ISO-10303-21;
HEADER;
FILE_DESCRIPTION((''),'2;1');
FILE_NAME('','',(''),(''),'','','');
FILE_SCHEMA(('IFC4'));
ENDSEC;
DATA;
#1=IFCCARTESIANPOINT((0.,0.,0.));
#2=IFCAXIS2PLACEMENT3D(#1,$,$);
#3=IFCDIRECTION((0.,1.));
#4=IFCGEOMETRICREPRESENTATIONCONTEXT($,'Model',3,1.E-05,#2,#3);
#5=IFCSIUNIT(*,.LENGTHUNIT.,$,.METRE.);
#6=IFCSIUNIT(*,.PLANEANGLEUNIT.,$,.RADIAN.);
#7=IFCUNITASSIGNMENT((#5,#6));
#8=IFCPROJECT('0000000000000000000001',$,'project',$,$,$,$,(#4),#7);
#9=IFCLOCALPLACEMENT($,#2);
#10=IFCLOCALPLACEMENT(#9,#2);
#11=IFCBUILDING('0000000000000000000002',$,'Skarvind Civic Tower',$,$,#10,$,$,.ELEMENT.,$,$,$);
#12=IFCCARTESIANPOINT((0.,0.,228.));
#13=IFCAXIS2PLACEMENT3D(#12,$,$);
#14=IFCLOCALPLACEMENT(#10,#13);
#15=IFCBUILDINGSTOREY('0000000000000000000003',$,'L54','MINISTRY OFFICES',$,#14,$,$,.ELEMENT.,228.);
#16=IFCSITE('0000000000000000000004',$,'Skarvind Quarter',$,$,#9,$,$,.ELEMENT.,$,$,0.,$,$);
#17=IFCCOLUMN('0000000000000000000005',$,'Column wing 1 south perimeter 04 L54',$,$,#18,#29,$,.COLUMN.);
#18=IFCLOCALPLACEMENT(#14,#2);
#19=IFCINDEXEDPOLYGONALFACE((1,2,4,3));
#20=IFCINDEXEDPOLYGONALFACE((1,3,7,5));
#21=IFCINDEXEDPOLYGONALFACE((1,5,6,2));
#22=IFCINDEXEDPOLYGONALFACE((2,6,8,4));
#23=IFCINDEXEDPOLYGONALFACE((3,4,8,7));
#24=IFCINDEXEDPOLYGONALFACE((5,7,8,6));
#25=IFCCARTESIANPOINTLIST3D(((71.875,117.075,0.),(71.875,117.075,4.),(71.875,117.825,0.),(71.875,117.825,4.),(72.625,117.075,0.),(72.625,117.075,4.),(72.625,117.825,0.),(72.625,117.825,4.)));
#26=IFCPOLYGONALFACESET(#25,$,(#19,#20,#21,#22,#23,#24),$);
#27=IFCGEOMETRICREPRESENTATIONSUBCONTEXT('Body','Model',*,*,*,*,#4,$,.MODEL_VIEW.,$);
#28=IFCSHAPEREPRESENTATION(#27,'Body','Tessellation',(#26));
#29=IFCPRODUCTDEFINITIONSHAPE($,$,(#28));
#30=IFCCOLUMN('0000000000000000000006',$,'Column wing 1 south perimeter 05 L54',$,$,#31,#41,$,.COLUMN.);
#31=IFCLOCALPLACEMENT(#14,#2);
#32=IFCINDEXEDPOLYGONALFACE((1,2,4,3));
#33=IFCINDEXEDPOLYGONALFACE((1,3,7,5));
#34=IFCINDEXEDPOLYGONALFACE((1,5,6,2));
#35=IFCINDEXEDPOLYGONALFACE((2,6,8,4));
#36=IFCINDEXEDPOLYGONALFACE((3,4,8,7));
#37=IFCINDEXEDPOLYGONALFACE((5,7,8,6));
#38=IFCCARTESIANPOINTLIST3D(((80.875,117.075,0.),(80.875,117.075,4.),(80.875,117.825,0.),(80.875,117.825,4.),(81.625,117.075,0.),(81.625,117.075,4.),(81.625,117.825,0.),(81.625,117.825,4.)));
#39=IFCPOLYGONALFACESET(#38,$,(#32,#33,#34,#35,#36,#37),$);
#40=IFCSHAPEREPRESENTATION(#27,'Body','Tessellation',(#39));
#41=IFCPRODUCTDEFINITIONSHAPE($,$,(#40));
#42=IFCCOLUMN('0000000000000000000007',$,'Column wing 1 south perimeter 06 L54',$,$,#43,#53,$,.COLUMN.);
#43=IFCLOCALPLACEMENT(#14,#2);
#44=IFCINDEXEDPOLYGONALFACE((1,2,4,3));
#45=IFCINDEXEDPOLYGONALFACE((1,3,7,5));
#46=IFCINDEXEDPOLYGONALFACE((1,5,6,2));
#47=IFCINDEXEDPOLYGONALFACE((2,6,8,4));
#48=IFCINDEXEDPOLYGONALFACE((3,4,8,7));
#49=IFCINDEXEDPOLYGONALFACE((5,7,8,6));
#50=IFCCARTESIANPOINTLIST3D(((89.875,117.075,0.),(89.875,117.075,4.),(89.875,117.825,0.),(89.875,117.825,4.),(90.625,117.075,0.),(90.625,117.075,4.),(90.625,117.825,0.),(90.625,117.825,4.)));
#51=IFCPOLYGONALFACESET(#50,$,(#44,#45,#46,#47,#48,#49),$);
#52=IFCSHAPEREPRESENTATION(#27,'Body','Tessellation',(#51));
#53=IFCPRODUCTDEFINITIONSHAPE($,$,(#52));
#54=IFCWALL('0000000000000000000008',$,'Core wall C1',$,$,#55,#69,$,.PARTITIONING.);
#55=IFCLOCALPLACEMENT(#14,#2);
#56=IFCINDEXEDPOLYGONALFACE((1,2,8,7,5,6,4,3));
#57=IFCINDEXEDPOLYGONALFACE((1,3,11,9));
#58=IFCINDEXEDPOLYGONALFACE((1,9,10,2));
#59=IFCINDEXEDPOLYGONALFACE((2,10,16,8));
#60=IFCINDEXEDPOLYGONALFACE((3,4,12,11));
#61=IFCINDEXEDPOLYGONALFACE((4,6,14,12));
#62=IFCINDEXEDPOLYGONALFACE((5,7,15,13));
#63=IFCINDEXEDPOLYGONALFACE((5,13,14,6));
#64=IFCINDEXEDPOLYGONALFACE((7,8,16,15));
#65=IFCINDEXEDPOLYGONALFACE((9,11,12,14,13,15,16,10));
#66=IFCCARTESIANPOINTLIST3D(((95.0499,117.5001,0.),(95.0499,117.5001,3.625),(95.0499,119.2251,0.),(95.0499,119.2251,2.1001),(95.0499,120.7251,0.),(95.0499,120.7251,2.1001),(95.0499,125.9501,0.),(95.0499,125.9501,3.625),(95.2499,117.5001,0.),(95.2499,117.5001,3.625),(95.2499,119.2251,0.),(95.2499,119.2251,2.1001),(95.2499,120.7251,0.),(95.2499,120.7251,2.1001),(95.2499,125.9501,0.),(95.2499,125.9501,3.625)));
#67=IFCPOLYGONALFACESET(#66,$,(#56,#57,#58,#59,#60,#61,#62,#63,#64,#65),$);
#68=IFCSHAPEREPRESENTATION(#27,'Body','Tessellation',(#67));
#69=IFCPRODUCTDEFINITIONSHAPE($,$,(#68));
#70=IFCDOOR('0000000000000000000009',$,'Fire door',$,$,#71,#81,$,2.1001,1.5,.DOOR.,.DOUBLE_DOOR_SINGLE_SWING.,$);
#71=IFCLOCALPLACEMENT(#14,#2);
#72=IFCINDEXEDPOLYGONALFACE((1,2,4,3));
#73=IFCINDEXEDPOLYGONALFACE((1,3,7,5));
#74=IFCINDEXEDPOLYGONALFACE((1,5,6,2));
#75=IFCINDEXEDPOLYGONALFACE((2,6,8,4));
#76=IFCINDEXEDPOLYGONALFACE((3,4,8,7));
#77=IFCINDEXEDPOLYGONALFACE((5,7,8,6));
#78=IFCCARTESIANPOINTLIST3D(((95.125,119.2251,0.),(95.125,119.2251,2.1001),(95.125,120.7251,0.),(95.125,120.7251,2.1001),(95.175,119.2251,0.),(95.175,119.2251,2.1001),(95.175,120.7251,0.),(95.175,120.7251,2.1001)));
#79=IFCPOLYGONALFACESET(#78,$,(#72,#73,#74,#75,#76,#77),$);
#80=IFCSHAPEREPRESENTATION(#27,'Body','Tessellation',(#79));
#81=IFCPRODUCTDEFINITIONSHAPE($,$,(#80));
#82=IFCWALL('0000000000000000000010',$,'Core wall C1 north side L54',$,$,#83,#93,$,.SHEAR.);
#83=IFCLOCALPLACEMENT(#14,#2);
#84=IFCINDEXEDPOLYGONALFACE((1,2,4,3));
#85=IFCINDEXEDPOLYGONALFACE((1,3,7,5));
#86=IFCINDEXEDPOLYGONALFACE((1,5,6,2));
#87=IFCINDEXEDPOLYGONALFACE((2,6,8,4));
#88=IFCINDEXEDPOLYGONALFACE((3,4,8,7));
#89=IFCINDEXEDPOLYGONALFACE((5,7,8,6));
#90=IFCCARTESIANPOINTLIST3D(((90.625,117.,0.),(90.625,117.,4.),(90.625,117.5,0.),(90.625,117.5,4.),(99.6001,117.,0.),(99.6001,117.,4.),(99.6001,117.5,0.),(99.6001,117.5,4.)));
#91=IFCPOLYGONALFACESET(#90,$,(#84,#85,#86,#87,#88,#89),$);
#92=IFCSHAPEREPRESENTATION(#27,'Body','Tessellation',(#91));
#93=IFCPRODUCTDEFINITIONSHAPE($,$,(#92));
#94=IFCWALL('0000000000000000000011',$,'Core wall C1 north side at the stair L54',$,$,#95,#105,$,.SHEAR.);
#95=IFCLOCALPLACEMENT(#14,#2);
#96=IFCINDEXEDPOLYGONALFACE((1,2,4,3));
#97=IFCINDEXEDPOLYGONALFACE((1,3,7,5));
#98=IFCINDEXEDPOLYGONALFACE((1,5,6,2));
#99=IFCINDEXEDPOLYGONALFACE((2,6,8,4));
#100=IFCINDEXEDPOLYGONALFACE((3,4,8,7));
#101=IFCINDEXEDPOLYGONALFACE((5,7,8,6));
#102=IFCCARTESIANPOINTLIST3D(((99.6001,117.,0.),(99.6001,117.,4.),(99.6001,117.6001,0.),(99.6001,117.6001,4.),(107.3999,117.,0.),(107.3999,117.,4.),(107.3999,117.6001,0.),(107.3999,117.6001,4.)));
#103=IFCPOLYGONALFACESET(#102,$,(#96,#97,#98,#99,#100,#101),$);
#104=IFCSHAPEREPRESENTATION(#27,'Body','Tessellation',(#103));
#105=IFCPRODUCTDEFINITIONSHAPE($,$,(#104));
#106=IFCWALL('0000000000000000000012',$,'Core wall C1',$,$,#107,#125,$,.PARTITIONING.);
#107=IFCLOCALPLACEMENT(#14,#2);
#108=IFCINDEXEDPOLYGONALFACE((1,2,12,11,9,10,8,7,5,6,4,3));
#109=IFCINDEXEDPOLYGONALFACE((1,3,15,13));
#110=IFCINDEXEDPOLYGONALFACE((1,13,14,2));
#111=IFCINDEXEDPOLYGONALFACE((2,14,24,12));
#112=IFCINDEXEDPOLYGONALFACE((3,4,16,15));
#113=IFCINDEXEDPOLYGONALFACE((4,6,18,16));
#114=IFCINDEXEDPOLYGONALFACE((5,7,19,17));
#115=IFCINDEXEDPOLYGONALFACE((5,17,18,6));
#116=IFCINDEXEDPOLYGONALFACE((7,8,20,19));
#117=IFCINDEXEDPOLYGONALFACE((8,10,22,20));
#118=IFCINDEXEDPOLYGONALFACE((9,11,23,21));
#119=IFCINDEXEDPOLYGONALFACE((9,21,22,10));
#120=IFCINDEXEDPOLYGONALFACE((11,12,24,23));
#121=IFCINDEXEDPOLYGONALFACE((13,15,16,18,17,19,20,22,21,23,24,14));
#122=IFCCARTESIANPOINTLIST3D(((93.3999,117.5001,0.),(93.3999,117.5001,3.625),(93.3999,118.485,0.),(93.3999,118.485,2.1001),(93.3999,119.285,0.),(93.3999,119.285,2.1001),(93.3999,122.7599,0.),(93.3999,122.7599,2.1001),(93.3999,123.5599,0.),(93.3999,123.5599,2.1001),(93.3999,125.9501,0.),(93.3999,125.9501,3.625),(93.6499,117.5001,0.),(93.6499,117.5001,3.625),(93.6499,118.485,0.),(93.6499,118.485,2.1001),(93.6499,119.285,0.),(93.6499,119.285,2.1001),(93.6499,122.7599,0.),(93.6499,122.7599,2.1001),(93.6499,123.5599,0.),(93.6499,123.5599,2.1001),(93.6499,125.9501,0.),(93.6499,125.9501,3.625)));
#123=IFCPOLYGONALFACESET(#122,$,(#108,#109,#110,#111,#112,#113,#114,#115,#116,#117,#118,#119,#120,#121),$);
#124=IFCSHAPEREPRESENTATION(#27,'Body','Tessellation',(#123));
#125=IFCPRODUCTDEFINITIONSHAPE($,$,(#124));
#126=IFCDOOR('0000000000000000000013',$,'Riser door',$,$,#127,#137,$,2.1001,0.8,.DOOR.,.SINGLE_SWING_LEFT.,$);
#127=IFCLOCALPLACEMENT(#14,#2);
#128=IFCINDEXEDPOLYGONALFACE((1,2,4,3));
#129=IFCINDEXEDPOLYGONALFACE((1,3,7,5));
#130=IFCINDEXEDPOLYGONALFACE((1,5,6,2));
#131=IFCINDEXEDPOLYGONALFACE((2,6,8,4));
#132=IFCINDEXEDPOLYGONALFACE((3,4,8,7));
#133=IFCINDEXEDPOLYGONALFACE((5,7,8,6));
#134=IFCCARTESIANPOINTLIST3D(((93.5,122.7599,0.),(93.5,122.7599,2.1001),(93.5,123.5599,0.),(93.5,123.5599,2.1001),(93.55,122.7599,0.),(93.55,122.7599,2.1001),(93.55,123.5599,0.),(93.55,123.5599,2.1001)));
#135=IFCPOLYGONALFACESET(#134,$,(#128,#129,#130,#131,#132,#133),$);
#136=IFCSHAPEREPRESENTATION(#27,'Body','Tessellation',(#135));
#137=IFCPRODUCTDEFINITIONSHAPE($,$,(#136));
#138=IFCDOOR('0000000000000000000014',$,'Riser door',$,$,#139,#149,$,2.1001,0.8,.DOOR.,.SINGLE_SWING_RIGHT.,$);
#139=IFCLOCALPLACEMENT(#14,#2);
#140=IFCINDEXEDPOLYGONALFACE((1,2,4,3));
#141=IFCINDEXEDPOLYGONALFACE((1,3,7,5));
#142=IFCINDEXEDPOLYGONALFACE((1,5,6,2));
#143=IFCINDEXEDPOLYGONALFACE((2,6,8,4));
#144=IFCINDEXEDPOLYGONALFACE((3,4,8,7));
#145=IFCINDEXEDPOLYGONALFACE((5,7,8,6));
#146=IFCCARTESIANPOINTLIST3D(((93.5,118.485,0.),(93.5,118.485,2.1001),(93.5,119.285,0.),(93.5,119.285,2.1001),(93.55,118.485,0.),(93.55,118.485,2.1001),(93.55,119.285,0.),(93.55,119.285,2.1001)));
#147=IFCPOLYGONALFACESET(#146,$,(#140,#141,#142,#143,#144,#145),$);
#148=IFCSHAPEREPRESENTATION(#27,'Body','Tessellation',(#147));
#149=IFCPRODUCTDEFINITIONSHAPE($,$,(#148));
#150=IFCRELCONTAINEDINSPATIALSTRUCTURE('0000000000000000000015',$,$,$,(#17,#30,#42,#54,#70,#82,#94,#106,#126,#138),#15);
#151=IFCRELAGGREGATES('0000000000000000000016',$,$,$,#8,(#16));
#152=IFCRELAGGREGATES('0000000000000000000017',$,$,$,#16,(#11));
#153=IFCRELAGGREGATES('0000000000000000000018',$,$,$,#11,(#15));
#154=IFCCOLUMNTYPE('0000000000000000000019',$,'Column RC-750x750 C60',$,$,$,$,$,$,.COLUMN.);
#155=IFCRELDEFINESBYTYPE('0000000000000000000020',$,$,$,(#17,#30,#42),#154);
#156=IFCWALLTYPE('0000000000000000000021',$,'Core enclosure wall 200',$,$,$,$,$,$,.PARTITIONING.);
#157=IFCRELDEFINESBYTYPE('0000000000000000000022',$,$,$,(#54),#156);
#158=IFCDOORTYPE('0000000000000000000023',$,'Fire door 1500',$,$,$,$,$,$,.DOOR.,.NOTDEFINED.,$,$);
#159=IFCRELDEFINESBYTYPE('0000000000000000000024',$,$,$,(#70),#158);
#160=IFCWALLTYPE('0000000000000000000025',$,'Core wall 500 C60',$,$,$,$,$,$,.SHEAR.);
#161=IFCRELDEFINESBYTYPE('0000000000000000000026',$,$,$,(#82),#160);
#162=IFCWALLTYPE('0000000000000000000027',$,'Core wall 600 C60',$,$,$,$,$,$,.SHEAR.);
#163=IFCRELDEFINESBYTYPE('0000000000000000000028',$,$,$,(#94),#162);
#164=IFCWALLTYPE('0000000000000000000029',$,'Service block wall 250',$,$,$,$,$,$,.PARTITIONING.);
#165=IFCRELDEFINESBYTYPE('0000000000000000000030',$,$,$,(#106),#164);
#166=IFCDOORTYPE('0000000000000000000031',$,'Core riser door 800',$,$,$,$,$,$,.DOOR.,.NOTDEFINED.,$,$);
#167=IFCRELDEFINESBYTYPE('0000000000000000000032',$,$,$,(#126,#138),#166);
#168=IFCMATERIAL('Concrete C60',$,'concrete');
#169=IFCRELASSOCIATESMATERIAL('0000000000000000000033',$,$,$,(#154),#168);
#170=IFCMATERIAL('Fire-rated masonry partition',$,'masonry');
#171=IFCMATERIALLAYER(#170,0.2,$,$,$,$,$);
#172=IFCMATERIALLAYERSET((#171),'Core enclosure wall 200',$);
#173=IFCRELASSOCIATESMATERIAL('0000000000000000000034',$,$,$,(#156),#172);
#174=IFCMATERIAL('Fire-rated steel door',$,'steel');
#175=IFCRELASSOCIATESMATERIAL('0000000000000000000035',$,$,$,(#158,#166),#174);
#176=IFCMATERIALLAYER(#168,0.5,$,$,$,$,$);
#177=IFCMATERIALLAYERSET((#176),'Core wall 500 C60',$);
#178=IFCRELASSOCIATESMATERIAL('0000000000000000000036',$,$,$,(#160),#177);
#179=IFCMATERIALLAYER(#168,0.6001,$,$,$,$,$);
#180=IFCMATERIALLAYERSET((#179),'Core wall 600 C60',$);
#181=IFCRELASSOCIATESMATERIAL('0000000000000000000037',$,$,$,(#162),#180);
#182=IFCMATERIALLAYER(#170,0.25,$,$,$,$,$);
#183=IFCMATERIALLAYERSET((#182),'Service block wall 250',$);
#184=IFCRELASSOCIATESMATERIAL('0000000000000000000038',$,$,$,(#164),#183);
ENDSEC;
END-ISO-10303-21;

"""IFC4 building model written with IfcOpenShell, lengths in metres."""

from ifc_helpers import new_model, si_unit, direction, frame, frame_2d, origin, origin_2d, place, context, subcontext, project, spatial, rectangle, extrude, material, layer, layer_set, material_profile, profile_set, type_object, element, fill, save


model = new_model("IFC4")

# Units and contexts
model_context = context("Model", 3, precision=1e-05, world=origin(), true_north=direction((0.0, 1.0)))
body_context = subcontext(model_context, "Body", "Model", "MODEL_VIEW")
ifc_project = project(units=[si_unit("LENGTHUNIT", "METRE"), si_unit("PLANEANGLEUNIT", "RADIAN")], contexts=[model_context])

# Site, building, storey
site_placement = place(None, origin())
site = spatial("IfcSite", under=ifc_project, at=site_placement, Name="Skarvind Quarter", CompositionType="ELEMENT", RefElevation=0.0)
building_placement = place(site_placement, origin())
building = spatial("IfcBuilding", under=site, at=building_placement, Name="Skarvind Civic Tower", CompositionType="ELEMENT")
storey_placement = place(building_placement, frame((0.0, 0.0, 228.0)))
storey = spatial("IfcBuildingStorey", under=building, at=storey_placement, Name="L54", Description="MINISTRY OFFICES", CompositionType="ELEMENT", Elevation=228.0)

# Columns
ifc_material_1 = material(Name="Concrete C60", Category="concrete")
ifc_material_profile_1 = material_profile(ifc_material_1, rectangle(XDim=0.75, YDim=0.75, at=origin_2d()), Name="RC-750x750")
ifc_profile_set_1 = profile_set([ifc_material_profile_1], Name="Concrete C60")
column_type = type_object("IfcColumnType", Name="Column RC-750x750 C60", PredefinedType="COLUMN", material=ifc_profile_set_1)
for number, where, z_axis, x_axis, name in (
    (1, (72.25, 117.45, 0.0), (0.0, 0.0, 1.0), (1.0, 0.0, 0.0), "Column wing 1 south perimeter 04 L54"),
    (2, (81.25, 117.45, 0.0), (0.0, 0.0, 1.0), (1.0, 0.0, 0.0), "Column wing 1 south perimeter 05 L54"),
    (3, (90.25, 117.45, 0.0), (0.0, 0.0, 1.0), (1.0, 0.0, 0.0), "Column wing 1 south perimeter 06 L54"),
):
    element("IfcColumn", number, at=place(storey_placement, frame(where, z_axis=z_axis, x_axis=x_axis)), inside=storey, type_object=column_type, Name=name, PredefinedType="COLUMN", context=body_context, shape_type="SweptSolid", body=[
        extrude(rectangle(XDim=0.75, YDim=0.75, at=origin_2d()), origin(), (0.0, 0.0, 1.0), 4.0),
    ])

# Wall, opening, door
ifc_material_2 = material(Name="Fire-rated masonry partition", Category="masonry")
ifc_layer_1 = layer(ifc_material_2, 0.2)
ifc_layer_set_1 = layer_set([ifc_layer_1], Name="Core enclosure wall 200")
wall_type_1 = type_object("IfcWallType", Name="Core enclosure wall 200", PredefinedType="PARTITIONING", material=ifc_layer_set_1)
wall_1_placement = place(storey_placement, frame((95.1499, 117.5, 0.0), z_axis=(0.0, 0.0, 1.0), x_axis=(0.0, 1.0, 0.0)))
wall_1 = element("IfcWall", 4, at=wall_1_placement, inside=storey, type_object=wall_type_1, Name="Core wall C1", PredefinedType="PARTITIONING", context=body_context, shape_type="SweptSolid", body=[
    extrude(rectangle(XDim=8.45, YDim=0.2, at=frame_2d((4.2251, 0.0))), origin(), (0.0, 0.0, 1.0), 3.625),
])
opening_1_placement = place(wall_1_placement, frame((1.7251, 0.0, 0.0)))
opening_1 = element("IfcOpeningElement", 5, at=opening_1_placement, cuts=wall_1, PredefinedType="OPENING", context=body_context, shape_type="SweptSolid", body=[
    extrude(rectangle(XDim=1.5, YDim=2.1001, at=frame_2d((0.75, 1.05))), frame((0.0, 0.1099, 0.0), z_axis=(0.0, -1.0, 0.0), x_axis=(1.0, 0.0, 0.0)), (0.0, 0.0, 1.0), 0.22),
])
ifc_material_3 = material(Name="Fire-rated steel door", Category="steel")
door_type_1 = type_object("IfcDoorType", Name="Fire door 1500", OperationType="NOTDEFINED", PredefinedType="DOOR", material=ifc_material_3)
door_1_placement = place(opening_1_placement, origin())
door_1 = element("IfcDoor", 6, at=door_1_placement, inside=storey, type_object=door_type_1, Name="Fire door", OperationType="DOUBLE_DOOR_SINGLE_SWING", OverallHeight=2.1001, OverallWidth=1.5, PredefinedType="DOOR", context=body_context, shape_type="SweptSolid", body=[
    extrude(rectangle(XDim=1.5, YDim=2.1001, at=frame_2d((0.75, 1.05))), frame((0.0, 0.0249, 0.0), z_axis=(0.0, -1.0, 0.0), x_axis=(1.0, 0.0, 0.0)), (0.0, 0.0, 1.0), 0.05),
])
fill(opening_1, door_1)

# Walls
ifc_layer_2 = layer(ifc_material_1, 0.5)
ifc_layer_set_2 = layer_set([ifc_layer_2], Name="Core wall 500 C60")
wall_type_2 = type_object("IfcWallType", Name="Core wall 500 C60", PredefinedType="SHEAR", material=ifc_layer_set_2)
wall_2_placement = place(storey_placement, frame((99.6001, 117.25, 0.0), z_axis=(0.0, 0.0, 1.0), x_axis=(-1.0, 0.0, 0.0)))
element("IfcWall", 7, at=wall_2_placement, inside=storey, type_object=wall_type_2, Name="Core wall C1 north side L54", PredefinedType="SHEAR", context=body_context, shape_type="SweptSolid", body=[
    extrude(rectangle(XDim=8.9751, YDim=0.5, at=frame_2d((4.4875, 0.0))), origin(), (0.0, 0.0, 1.0), 4.0),
])
ifc_layer_3 = layer(ifc_material_1, 0.6001)
ifc_layer_set_3 = layer_set([ifc_layer_3], Name="Core wall 600 C60")
wall_type_3 = type_object("IfcWallType", Name="Core wall 600 C60", PredefinedType="SHEAR", material=ifc_layer_set_3)
wall_3_placement = place(storey_placement, frame((107.3999, 117.3, 0.0), z_axis=(0.0, 0.0, 1.0), x_axis=(-1.0, 0.0, 0.0)))
element("IfcWall", 8, at=wall_3_placement, inside=storey, type_object=wall_type_3, Name="Core wall C1 north side at the stair L54", PredefinedType="SHEAR", context=body_context, shape_type="SweptSolid", body=[
    extrude(rectangle(XDim=7.7998, YDim=0.6001, at=frame_2d((3.8999, 0.0))), origin(), (0.0, 0.0, 1.0), 4.0),
])

# Wall, openings, doors
ifc_layer_4 = layer(ifc_material_2, 0.25)
ifc_layer_set_4 = layer_set([ifc_layer_4], Name="Service block wall 250")
wall_type_4 = type_object("IfcWallType", Name="Service block wall 250", PredefinedType="PARTITIONING", material=ifc_layer_set_4)
wall_4_placement = place(storey_placement, frame((93.5249, 117.5, 0.0), z_axis=(0.0, 0.0, 1.0), x_axis=(0.0, 1.0, 0.0)))
wall_4 = element("IfcWall", 9, at=wall_4_placement, inside=storey, type_object=wall_type_4, Name="Core wall C1", PredefinedType="PARTITIONING", context=body_context, shape_type="SweptSolid", body=[
    extrude(rectangle(XDim=8.45, YDim=0.25, at=frame_2d((4.2251, 0.0))), origin(), (0.0, 0.0, 1.0), 3.625),
])
opening_2_placement = place(wall_4_placement, frame((5.26, 0.0, 0.0)))
opening_2 = element("IfcOpeningElement", 10, at=opening_2_placement, cuts=wall_4, PredefinedType="OPENING", context=body_context, shape_type="SweptSolid", body=[
    extrude(rectangle(XDim=0.8, YDim=2.1001, at=frame_2d((0.3999, 1.05))), frame((0.0, 0.135, 0.0), z_axis=(0.0, -1.0, 0.0), x_axis=(1.0, 0.0, 0.0)), (0.0, 0.0, 1.0), 0.27),
])
opening_3_placement = place(wall_4_placement, frame((0.9851, 0.0, 0.0)))
opening_3 = element("IfcOpeningElement", 11, at=opening_3_placement, cuts=wall_4, PredefinedType="OPENING", context=body_context, shape_type="SweptSolid", body=[
    extrude(rectangle(XDim=0.8, YDim=2.1001, at=frame_2d((0.3999, 1.05))), frame((0.0, 0.135, 0.0), z_axis=(0.0, -1.0, 0.0), x_axis=(1.0, 0.0, 0.0)), (0.0, 0.0, 1.0), 0.27),
])
door_type_2 = type_object("IfcDoorType", Name="Core riser door 800", OperationType="NOTDEFINED", PredefinedType="DOOR", material=ifc_material_3)
door_2_placement = place(opening_2_placement, origin())
door_2 = element("IfcDoor", 12, at=door_2_placement, inside=storey, type_object=door_type_2, Name="Riser door", OperationType="SINGLE_SWING_LEFT", OverallHeight=2.1001, OverallWidth=0.8, PredefinedType="DOOR", context=body_context, shape_type="SweptSolid", body=[
    extrude(rectangle(XDim=0.8, YDim=2.1001, at=frame_2d((0.3999, 1.05))), frame((0.0, 0.0249, 0.0), z_axis=(0.0, -1.0, 0.0), x_axis=(1.0, 0.0, 0.0)), (0.0, 0.0, 1.0), 0.05),
])
fill(opening_2, door_2)
door_3_placement = place(opening_3_placement, origin())
door_3 = element("IfcDoor", 13, at=door_3_placement, inside=storey, type_object=door_type_2, Name="Riser door", OperationType="SINGLE_SWING_RIGHT", OverallHeight=2.1001, OverallWidth=0.8, PredefinedType="DOOR", context=body_context, shape_type="SweptSolid", body=[
    extrude(rectangle(XDim=0.8, YDim=2.1001, at=frame_2d((0.3999, 1.05))), frame((0.0, 0.0249, 0.0), z_axis=(0.0, -1.0, 0.0), x_axis=(1.0, 0.0, 0.0)), (0.0, 0.0, 1.0), 0.05),
])
fill(opening_3, door_3)

save(model, "model.ifc")
